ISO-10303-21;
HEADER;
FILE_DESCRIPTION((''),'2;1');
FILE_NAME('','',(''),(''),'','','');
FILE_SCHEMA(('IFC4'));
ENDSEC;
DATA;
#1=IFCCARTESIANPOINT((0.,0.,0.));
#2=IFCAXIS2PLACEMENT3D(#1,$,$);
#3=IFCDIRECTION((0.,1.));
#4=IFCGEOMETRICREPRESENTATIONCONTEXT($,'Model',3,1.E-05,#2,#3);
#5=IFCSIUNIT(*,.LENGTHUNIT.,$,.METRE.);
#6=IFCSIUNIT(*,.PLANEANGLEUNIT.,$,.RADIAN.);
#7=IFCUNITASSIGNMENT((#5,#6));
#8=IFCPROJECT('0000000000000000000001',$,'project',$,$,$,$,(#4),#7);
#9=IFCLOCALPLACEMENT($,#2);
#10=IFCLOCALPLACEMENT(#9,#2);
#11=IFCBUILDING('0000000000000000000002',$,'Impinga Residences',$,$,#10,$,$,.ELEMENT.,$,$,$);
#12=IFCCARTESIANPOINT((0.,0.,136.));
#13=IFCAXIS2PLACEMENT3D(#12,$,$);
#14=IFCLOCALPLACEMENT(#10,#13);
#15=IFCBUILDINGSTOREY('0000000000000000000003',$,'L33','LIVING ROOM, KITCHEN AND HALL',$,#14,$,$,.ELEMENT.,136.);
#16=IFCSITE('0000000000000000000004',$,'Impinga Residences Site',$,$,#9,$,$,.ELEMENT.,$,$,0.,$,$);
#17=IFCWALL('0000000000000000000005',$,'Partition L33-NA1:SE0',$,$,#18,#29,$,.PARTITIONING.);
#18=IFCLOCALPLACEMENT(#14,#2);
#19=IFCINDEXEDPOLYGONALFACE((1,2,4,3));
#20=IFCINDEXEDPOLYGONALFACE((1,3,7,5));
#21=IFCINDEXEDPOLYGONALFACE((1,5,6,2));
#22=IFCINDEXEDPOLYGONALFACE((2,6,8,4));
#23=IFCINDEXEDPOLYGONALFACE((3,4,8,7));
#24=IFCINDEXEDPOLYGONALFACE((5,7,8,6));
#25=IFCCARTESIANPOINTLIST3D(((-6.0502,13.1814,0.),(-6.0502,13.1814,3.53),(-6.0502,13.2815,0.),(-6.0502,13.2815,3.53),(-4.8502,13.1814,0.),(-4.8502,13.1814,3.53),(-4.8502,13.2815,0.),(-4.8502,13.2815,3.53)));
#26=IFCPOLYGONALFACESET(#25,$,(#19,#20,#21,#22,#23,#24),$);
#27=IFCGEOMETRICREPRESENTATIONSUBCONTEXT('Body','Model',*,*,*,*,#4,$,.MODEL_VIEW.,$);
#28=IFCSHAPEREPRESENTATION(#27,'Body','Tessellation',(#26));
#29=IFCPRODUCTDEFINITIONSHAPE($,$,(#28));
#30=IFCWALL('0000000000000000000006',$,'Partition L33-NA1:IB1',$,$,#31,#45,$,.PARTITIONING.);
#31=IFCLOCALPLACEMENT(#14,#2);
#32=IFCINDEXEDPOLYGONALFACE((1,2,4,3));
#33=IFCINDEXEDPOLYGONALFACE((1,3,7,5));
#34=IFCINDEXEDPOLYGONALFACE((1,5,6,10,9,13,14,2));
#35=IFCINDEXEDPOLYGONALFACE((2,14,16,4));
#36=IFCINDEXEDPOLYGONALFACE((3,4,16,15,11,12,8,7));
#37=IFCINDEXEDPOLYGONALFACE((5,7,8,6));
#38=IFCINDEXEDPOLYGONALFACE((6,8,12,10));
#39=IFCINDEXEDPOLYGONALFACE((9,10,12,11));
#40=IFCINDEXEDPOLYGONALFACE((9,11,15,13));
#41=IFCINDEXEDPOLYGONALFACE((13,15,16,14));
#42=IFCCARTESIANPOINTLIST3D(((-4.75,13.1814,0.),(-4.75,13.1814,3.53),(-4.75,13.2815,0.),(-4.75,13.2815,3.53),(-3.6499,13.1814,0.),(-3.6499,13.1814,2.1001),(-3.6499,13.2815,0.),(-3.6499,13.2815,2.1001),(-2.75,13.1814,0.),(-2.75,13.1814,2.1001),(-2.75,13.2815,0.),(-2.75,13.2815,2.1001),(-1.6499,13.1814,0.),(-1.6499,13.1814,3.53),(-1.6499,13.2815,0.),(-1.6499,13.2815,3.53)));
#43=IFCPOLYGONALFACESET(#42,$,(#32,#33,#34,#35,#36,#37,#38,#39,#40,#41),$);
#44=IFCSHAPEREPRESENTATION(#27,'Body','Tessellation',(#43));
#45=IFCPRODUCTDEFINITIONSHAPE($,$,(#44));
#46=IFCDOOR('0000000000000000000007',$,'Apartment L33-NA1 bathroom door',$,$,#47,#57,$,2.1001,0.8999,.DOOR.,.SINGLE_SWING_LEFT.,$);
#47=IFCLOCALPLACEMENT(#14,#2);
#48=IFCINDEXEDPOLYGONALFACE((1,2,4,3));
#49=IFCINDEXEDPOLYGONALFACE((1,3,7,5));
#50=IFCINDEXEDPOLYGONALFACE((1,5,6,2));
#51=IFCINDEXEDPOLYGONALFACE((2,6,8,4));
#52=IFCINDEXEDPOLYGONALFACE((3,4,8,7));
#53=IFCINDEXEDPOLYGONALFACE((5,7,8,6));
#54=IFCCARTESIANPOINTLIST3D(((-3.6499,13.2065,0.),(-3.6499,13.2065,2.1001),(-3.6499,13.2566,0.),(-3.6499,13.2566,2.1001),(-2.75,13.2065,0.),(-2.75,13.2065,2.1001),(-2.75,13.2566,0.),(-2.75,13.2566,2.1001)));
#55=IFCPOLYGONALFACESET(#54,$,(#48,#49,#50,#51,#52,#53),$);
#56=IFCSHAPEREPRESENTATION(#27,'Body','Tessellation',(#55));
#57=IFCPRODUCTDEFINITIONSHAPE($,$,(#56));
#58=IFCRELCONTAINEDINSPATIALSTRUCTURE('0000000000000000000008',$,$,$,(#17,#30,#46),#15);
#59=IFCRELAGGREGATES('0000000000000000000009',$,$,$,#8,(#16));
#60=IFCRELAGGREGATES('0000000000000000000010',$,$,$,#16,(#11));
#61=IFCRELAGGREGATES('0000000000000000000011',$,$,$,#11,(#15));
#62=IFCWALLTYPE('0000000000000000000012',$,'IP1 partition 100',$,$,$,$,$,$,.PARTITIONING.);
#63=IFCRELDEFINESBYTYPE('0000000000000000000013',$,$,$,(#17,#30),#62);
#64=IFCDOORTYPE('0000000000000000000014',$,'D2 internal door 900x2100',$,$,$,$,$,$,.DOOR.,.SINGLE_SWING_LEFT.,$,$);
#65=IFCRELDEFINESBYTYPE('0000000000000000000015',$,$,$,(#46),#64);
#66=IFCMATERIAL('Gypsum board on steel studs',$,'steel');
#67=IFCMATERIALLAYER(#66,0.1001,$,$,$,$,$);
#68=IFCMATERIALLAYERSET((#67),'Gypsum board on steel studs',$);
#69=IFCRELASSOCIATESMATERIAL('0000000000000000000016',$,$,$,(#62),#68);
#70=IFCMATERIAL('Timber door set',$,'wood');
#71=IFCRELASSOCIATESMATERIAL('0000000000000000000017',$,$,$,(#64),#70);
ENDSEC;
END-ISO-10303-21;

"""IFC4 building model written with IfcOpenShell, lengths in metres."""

from ifc_helpers import new_model, si_unit, direction, frame, frame_2d, origin, place, context, subcontext, project, spatial, rectangle, extrude, material, layer, layer_set, type_object, element, fill, save


model = new_model("IFC4")

# Units and contexts
model_context = context("Model", 3, precision=1e-05, world=origin(), true_north=direction((0.0, 1.0)))
body_context = subcontext(model_context, "Body", "Model", "MODEL_VIEW")
ifc_project = project(units=[si_unit("LENGTHUNIT", "METRE"), si_unit("PLANEANGLEUNIT", "RADIAN")], contexts=[model_context])

# Site, building, storey
site_placement = place(None, origin())
site = spatial("IfcSite", under=ifc_project, at=site_placement, Name="Impinga Residences Site", CompositionType="ELEMENT", RefElevation=0.0)
building_placement = place(site_placement, origin())
building = spatial("IfcBuilding", under=site, at=building_placement, Name="Impinga Residences", CompositionType="ELEMENT")
storey_placement = place(building_placement, frame((0.0, 0.0, 136.0)))
storey = spatial("IfcBuildingStorey", under=building, at=storey_placement, Name="L33", Description="LIVING ROOM, KITCHEN AND HALL", CompositionType="ELEMENT", Elevation=136.0)

# Shared definitions
ifc_material_1 = material(Name="Timber door set", Category="wood")

# Wall
ifc_material_2 = material(Name="Gypsum board on steel studs", Category="steel")
ifc_layer_1 = layer(ifc_material_2, 0.1001)
ifc_layer_set_1 = layer_set([ifc_layer_1], Name="Gypsum board on steel studs")
wall_type_1 = type_object("IfcWallType", Name="IP1 partition 100", PredefinedType="PARTITIONING", material=ifc_layer_set_1)
wall_1_placement = place(storey_placement, frame((-4.8501, 13.2314, 0.0), z_axis=(0.0, 0.0, 1.0), x_axis=(-1.0, 0.0, 0.0)))
element("IfcWall", 1, at=wall_1_placement, inside=storey, type_object=wall_type_1, Name="Partition L33-NA1:SE0", PredefinedType="PARTITIONING", context=body_context, shape_type="SweptSolid", body=[
    extrude(rectangle(XDim=1.2, YDim=0.1001, at=frame_2d((0.6001, 0.0))), origin(), (0.0, 0.0, 1.0), 3.53),
])

# Wall, opening, door
wall_2_placement = place(storey_placement, frame((-1.6499, 13.2314, 0.0), z_axis=(0.0, 0.0, 1.0), x_axis=(-1.0, 0.0, 0.0)))
wall_2 = element("IfcWall", 2, at=wall_2_placement, inside=storey, type_object=wall_type_1, Name="Partition L33-NA1:IB1", PredefinedType="PARTITIONING", context=body_context, shape_type="SweptSolid", body=[
    extrude(rectangle(XDim=3.1001, YDim=0.1001, at=frame_2d((1.55, 0.0))), origin(), (0.0, 0.0, 1.0), 3.53),
])
opening_1_placement = place(wall_2_placement, frame((1.1001, 0.0, 0.0)))
opening_1 = element("IfcOpeningElement", 3, at=opening_1_placement, cuts=wall_2, PredefinedType="OPENING", context=body_context, shape_type="SweptSolid", body=[
    extrude(rectangle(XDim=0.8999, YDim=2.1001, at=frame_2d((0.45, 1.05))), frame((0.0, 0.0601, 0.0), z_axis=(0.0, -1.0, 0.0), x_axis=(1.0, 0.0, 0.0)), (0.0, 0.0, 1.0), 0.1201),
])
door_type_1 = type_object("IfcDoorType", Name="D2 internal door 900x2100", OperationType="SINGLE_SWING_LEFT", PredefinedType="DOOR", material=ifc_material_1)
door_1_placement = place(opening_1_placement, origin())
door_1 = element("IfcDoor", 4, at=door_1_placement, inside=storey, type_object=door_type_1, Name="Apartment L33-NA1 bathroom door", OperationType="SINGLE_SWING_LEFT", OverallHeight=2.1001, OverallWidth=0.8999, PredefinedType="DOOR", context=body_context, shape_type="SweptSolid", body=[
    extrude(rectangle(XDim=0.8999, YDim=2.1001, at=frame_2d((0.45, 1.05))), frame((0.0, 0.0249, 0.0), z_axis=(0.0, -1.0, 0.0), x_axis=(1.0, 0.0, 0.0)), (0.0, 0.0, 1.0), 0.05),
])
fill(opening_1, door_1)

save(model, "model.ifc")
